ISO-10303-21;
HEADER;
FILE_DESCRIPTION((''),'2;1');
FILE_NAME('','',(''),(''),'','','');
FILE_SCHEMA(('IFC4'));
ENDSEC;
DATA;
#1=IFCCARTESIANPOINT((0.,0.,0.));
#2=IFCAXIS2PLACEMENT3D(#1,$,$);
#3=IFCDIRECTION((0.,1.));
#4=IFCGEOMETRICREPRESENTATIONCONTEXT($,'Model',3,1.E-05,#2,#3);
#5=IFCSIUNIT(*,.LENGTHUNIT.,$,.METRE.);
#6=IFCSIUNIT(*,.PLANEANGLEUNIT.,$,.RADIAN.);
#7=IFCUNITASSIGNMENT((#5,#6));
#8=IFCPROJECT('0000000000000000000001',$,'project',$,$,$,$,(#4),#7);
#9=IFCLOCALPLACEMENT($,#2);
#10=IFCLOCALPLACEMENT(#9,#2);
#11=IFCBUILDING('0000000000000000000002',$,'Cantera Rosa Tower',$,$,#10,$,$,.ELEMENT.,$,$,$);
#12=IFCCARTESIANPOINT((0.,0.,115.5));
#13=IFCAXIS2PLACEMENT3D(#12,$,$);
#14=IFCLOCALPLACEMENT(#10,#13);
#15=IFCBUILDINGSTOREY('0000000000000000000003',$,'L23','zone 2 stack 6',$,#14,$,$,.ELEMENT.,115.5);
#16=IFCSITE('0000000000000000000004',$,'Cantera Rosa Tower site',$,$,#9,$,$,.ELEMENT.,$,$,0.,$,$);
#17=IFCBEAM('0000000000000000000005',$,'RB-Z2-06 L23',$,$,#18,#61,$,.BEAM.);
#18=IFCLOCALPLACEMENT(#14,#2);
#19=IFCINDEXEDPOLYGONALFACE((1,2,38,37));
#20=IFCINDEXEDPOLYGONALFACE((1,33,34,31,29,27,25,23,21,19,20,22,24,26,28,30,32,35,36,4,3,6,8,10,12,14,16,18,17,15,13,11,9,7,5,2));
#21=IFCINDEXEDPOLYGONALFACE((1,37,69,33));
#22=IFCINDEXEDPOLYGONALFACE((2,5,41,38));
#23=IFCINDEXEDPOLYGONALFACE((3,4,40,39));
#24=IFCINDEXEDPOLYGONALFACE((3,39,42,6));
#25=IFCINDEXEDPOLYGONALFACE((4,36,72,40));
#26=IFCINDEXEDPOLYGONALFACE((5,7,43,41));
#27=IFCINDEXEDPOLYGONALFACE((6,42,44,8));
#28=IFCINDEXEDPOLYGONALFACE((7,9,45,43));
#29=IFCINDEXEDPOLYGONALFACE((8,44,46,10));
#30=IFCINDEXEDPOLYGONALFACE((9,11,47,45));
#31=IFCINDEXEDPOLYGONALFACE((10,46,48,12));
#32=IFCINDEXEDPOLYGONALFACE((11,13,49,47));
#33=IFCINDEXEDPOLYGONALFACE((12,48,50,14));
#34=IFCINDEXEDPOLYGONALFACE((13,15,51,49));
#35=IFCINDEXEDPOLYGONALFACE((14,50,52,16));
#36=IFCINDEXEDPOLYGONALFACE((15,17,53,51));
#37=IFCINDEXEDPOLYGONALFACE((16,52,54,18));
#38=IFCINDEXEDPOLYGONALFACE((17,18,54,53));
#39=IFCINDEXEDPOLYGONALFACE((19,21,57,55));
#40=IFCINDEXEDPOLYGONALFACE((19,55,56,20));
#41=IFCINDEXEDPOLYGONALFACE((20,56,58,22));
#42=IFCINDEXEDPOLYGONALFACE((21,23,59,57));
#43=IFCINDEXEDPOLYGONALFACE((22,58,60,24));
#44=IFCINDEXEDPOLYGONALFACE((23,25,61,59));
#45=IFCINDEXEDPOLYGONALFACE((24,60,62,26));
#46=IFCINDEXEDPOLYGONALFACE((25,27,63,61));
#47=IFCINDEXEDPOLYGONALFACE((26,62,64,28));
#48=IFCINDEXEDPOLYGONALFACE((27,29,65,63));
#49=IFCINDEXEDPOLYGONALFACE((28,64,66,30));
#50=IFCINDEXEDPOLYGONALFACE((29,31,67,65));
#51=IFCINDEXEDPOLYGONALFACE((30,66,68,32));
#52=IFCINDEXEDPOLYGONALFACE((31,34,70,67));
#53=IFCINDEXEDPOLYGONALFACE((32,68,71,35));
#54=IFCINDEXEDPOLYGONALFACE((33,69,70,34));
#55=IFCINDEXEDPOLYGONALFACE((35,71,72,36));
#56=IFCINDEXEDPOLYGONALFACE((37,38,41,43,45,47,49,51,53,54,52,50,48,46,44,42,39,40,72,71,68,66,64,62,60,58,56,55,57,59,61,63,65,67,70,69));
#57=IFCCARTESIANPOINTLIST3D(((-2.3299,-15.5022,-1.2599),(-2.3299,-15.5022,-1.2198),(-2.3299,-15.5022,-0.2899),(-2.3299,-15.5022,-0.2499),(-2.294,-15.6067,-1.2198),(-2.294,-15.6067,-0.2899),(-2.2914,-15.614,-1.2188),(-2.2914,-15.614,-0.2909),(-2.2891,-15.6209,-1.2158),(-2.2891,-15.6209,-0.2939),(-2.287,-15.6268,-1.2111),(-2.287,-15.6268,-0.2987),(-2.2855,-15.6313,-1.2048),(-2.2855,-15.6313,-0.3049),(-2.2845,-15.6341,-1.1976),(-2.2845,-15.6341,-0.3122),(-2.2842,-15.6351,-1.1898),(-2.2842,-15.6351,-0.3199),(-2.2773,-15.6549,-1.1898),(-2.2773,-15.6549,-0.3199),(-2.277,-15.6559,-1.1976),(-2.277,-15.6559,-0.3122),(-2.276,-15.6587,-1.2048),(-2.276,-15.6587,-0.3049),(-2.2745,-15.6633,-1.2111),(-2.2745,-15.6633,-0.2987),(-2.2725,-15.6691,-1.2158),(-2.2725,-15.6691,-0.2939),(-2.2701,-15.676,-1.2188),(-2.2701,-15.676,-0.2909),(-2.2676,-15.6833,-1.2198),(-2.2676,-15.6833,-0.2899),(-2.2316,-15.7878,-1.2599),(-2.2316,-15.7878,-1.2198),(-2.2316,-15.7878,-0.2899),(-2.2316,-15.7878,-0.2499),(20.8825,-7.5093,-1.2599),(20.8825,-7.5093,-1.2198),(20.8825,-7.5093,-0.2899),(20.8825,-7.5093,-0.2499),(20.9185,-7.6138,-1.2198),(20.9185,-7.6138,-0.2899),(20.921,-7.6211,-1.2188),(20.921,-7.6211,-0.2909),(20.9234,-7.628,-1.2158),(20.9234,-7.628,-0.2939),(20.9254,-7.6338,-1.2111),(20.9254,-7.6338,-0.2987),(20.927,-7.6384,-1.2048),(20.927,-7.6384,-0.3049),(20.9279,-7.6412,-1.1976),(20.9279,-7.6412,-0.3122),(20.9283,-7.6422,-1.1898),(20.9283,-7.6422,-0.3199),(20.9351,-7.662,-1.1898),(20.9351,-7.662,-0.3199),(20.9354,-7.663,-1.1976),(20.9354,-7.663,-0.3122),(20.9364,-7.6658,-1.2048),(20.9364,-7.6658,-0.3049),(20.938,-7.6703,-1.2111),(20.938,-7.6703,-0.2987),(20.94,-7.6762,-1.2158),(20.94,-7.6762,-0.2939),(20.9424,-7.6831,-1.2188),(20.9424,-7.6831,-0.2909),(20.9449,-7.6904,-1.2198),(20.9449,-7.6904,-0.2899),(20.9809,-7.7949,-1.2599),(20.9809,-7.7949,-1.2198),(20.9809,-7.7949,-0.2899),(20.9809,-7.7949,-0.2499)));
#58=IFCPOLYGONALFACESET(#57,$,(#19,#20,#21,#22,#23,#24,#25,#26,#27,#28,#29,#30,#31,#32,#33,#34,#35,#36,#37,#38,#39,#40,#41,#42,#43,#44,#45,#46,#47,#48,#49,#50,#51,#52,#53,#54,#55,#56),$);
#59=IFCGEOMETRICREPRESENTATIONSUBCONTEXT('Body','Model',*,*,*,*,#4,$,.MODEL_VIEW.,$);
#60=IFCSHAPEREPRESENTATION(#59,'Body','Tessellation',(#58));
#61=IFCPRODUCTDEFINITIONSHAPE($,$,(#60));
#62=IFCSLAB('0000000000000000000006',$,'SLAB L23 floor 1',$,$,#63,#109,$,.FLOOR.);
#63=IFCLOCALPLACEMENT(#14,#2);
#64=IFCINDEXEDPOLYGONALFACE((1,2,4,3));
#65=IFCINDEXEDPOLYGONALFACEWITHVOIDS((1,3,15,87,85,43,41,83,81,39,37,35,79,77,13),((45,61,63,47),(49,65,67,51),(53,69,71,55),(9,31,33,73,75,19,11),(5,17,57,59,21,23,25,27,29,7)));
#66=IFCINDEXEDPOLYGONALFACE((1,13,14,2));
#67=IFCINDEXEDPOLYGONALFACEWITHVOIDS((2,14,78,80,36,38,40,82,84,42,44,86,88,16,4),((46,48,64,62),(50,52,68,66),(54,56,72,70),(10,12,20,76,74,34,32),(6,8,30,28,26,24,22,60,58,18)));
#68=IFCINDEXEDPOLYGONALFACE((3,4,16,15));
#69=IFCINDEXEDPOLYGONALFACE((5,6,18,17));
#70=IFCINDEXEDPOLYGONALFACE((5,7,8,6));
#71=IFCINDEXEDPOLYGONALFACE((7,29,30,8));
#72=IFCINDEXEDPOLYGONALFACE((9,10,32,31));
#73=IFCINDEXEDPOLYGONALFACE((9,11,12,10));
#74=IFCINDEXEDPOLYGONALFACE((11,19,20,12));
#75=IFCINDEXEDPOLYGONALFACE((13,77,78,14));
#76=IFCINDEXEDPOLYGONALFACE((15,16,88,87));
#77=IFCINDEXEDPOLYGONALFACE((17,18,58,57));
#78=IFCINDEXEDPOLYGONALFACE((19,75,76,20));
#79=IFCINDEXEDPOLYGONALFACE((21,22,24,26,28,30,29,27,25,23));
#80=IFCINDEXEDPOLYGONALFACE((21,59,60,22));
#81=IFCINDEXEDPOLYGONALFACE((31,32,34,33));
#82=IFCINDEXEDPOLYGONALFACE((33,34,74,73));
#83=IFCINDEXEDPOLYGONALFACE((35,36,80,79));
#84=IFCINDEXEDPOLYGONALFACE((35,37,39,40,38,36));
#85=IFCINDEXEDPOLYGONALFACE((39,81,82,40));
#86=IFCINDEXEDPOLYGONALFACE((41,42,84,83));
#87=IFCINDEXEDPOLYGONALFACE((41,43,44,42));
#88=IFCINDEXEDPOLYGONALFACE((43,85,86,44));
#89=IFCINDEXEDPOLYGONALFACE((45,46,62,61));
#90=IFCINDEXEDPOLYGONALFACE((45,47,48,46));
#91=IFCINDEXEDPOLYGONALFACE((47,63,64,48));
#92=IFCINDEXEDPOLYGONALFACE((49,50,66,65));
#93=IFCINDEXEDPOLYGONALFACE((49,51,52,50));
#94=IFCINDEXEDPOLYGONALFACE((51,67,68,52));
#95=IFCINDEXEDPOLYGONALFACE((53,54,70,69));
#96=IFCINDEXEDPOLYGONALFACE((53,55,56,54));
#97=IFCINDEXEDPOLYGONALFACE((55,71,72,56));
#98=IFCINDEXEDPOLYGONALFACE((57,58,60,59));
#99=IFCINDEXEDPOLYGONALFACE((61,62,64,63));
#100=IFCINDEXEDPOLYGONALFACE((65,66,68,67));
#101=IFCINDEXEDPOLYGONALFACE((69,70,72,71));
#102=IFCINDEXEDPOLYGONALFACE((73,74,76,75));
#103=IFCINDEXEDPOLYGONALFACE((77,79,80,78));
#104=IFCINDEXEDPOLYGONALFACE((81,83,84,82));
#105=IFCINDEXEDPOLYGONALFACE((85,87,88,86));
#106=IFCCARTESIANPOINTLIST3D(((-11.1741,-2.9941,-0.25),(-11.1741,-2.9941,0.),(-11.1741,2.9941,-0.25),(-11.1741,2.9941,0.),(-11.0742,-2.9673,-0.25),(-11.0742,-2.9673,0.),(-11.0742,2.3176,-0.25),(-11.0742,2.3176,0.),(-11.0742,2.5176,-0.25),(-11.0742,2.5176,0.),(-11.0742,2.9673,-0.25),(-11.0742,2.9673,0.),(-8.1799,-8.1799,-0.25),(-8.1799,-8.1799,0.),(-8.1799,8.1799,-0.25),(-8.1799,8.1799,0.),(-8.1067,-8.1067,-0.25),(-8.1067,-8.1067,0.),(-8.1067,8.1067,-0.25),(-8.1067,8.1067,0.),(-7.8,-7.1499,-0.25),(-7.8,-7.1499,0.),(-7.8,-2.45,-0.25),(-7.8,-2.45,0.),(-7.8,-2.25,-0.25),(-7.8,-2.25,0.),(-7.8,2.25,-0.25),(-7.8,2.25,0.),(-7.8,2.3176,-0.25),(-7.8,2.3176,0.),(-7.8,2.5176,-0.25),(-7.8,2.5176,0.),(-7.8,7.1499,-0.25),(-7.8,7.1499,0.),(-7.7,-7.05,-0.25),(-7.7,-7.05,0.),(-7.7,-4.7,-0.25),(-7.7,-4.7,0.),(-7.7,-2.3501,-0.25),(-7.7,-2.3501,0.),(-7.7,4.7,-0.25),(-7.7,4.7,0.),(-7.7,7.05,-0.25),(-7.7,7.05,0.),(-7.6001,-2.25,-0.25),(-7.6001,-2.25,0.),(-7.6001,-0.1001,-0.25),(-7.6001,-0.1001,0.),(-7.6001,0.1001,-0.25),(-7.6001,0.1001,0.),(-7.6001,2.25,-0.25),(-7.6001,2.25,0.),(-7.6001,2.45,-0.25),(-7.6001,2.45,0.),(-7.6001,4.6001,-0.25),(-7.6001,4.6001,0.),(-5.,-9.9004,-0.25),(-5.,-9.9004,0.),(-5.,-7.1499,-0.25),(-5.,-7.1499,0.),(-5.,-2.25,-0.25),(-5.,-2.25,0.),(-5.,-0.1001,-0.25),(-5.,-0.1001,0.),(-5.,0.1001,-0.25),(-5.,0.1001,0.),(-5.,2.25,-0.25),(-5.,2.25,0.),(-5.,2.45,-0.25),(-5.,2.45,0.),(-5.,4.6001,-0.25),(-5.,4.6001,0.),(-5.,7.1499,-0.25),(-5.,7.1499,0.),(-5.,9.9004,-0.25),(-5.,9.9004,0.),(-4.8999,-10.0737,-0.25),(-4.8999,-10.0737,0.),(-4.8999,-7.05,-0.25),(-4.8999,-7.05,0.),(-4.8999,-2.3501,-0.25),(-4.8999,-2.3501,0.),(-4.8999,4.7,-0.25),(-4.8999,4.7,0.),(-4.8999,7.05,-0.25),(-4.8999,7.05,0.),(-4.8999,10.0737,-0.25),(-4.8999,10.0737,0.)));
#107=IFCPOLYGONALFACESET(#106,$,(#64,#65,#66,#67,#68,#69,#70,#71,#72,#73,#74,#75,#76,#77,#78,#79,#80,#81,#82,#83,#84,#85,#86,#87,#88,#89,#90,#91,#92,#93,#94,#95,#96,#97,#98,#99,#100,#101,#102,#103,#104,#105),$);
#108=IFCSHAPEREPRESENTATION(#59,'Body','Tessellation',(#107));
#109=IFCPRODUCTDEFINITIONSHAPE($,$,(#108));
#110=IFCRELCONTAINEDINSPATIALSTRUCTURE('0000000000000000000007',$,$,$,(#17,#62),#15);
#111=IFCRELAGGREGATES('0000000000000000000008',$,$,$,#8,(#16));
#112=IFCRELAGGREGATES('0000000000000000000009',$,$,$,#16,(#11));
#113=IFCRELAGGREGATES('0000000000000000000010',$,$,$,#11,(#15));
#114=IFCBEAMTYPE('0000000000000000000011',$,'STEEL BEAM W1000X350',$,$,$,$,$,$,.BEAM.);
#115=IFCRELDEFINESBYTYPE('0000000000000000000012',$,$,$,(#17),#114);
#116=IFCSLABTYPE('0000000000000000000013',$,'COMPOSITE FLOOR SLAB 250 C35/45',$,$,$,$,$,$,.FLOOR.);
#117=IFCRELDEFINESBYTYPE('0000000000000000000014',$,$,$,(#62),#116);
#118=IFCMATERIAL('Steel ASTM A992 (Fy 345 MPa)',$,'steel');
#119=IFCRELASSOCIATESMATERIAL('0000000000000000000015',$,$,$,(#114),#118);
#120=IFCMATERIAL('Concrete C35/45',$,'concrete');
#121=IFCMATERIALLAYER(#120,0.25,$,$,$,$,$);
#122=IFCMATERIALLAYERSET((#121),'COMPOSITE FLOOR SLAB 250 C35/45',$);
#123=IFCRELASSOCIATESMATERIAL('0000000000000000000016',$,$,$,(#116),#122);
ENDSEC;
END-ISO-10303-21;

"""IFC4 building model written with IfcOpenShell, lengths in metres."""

from ifc_helpers import new_model, si_unit, direction, frame, origin, origin_2d, place, context, subcontext, project, spatial, polyline, i_section, outline, extrude, material, layer, layer_set, material_profile, profile_set, type_object, element, save


model = new_model("IFC4")

# Units and contexts
model_context = context("Model", 3, precision=1e-05, world=origin(), true_north=direction((0.0, 1.0)))
body_context = subcontext(model_context, "Body", "Model", "MODEL_VIEW")
ifc_project = project(units=[si_unit("LENGTHUNIT", "METRE"), si_unit("PLANEANGLEUNIT", "RADIAN")], contexts=[model_context])

# Site, building, storey
site_placement = place(None, origin())
site = spatial("IfcSite", under=ifc_project, at=site_placement, Name="Cantera Rosa Tower site", CompositionType="ELEMENT", RefElevation=0.0)
building_placement = place(site_placement, origin())
building = spatial("IfcBuilding", under=site, at=building_placement, Name="Cantera Rosa Tower", CompositionType="ELEMENT")
storey_placement = place(building_placement, frame((0.0, 0.0, 115.5)))
storey = spatial("IfcBuildingStorey", under=building, at=storey_placement, Name="L23", Description="zone 2 stack 6", CompositionType="ELEMENT", Elevation=115.5)

# Beam
ifc_material_1 = material(Name="Steel ASTM A992 (Fy 345 MPa)", Category="steel")
ifc_material_profile = material_profile(ifc_material_1, i_section(OverallWidth=0.302, OverallDepth=1.01, WebThickness=0.021, FlangeThickness=0.04, FilletRadius=0.03, at=origin_2d()), Name="W1000X350")
ifc_profile_set = profile_set([ifc_material_profile], Name="Steel ASTM A992 (Fy 345 MPa)")
beam_type = type_object("IfcBeamType", Name="STEEL BEAM W1000X350", PredefinedType="BEAM", material=ifc_profile_set)
beam_placement = place(storey_placement, frame((-2.2808, -15.645, -0.7549), z_axis=(0.945515, 0.325577, 0.0), x_axis=(-0.325577, 0.945515, 0.0)))
element("IfcBeam", 1, at=beam_placement, inside=storey, type_object=beam_type, Name="RB-Z2-06 L23", PredefinedType="BEAM", context=body_context, shape_type="SweptSolid", body=[
    extrude(i_section(OverallWidth=0.302, OverallDepth=1.01, WebThickness=0.021, FlangeThickness=0.04, FilletRadius=0.03, at=origin_2d()), origin(), (0.0, 0.0, 1.0), 24.55),
])

# Slab
ifc_material_2 = material(Name="Concrete C35/45", Category="concrete")
ifc_layer_1 = layer(ifc_material_2, 0.25)
ifc_layer_set_1 = layer_set([ifc_layer_1], Name="COMPOSITE FLOOR SLAB 250 C35/45")
slab_type_1 = type_object("IfcSlabType", Name="COMPOSITE FLOOR SLAB 250 C35/45", PredefinedType="FLOOR", material=ifc_layer_set_1)
slab_1_placement = place(storey_placement, frame((0.0, 0.0, -0.25)))
element("IfcSlab", 2, at=slab_1_placement, inside=storey, type_object=slab_type_1, Name="SLAB L23 floor 1", PredefinedType="FLOOR", context=body_context, shape_type="SweptSolid", body=[
    extrude(outline(polyline([(-7.7, -4.7), (-7.7, -7.05), (-4.8999, -7.05), (-4.8999, -10.0737), (-8.1799, -8.1799), (-11.1741, -2.9941), (-11.1741, 2.9941), (-8.1799, 8.1799), (-4.8999, 10.0737), (-4.8999, 7.05), (-7.7, 7.05), (-7.7, 4.7), (-4.8999, 4.7), (-4.8999, -2.3501), (-7.7, -2.3501), (-7.7, -4.7)]), holes=[polyline([(-5.0, -9.9004), (-5.0, -7.1499), (-7.8, -7.1499), (-7.8, -2.45), (-7.8, -2.25), (-7.8, 2.25), (-7.8, 2.3176), (-11.0742, 2.3176), (-11.0742, -2.9673), (-8.1067, -8.1067), (-5.0, -9.9004)]), polyline([(-7.6001, -0.1001), (-7.6001, -2.25), (-5.0, -2.25), (-5.0, -0.1001), (-7.6001, -0.1001)]), polyline([(-7.6001, 0.1001), (-5.0, 0.1001), (-5.0, 2.25), (-7.6001, 2.25), (-7.6001, 0.1001)]), polyline([(-7.6001, 2.45), (-5.0, 2.45), (-5.0, 4.6001), (-7.6001, 4.6001), (-7.6001, 2.45)]), polyline([(-11.0742, 2.5176), (-7.8, 2.5176), (-7.8, 7.1499), (-5.0, 7.1499), (-5.0, 9.9004), (-8.1067, 8.1067), (-11.0742, 2.9673), (-11.0742, 2.5176)])]), origin(), (0.0, 0.0, 1.0), 0.25),
])

save(model, "model.ifc")
